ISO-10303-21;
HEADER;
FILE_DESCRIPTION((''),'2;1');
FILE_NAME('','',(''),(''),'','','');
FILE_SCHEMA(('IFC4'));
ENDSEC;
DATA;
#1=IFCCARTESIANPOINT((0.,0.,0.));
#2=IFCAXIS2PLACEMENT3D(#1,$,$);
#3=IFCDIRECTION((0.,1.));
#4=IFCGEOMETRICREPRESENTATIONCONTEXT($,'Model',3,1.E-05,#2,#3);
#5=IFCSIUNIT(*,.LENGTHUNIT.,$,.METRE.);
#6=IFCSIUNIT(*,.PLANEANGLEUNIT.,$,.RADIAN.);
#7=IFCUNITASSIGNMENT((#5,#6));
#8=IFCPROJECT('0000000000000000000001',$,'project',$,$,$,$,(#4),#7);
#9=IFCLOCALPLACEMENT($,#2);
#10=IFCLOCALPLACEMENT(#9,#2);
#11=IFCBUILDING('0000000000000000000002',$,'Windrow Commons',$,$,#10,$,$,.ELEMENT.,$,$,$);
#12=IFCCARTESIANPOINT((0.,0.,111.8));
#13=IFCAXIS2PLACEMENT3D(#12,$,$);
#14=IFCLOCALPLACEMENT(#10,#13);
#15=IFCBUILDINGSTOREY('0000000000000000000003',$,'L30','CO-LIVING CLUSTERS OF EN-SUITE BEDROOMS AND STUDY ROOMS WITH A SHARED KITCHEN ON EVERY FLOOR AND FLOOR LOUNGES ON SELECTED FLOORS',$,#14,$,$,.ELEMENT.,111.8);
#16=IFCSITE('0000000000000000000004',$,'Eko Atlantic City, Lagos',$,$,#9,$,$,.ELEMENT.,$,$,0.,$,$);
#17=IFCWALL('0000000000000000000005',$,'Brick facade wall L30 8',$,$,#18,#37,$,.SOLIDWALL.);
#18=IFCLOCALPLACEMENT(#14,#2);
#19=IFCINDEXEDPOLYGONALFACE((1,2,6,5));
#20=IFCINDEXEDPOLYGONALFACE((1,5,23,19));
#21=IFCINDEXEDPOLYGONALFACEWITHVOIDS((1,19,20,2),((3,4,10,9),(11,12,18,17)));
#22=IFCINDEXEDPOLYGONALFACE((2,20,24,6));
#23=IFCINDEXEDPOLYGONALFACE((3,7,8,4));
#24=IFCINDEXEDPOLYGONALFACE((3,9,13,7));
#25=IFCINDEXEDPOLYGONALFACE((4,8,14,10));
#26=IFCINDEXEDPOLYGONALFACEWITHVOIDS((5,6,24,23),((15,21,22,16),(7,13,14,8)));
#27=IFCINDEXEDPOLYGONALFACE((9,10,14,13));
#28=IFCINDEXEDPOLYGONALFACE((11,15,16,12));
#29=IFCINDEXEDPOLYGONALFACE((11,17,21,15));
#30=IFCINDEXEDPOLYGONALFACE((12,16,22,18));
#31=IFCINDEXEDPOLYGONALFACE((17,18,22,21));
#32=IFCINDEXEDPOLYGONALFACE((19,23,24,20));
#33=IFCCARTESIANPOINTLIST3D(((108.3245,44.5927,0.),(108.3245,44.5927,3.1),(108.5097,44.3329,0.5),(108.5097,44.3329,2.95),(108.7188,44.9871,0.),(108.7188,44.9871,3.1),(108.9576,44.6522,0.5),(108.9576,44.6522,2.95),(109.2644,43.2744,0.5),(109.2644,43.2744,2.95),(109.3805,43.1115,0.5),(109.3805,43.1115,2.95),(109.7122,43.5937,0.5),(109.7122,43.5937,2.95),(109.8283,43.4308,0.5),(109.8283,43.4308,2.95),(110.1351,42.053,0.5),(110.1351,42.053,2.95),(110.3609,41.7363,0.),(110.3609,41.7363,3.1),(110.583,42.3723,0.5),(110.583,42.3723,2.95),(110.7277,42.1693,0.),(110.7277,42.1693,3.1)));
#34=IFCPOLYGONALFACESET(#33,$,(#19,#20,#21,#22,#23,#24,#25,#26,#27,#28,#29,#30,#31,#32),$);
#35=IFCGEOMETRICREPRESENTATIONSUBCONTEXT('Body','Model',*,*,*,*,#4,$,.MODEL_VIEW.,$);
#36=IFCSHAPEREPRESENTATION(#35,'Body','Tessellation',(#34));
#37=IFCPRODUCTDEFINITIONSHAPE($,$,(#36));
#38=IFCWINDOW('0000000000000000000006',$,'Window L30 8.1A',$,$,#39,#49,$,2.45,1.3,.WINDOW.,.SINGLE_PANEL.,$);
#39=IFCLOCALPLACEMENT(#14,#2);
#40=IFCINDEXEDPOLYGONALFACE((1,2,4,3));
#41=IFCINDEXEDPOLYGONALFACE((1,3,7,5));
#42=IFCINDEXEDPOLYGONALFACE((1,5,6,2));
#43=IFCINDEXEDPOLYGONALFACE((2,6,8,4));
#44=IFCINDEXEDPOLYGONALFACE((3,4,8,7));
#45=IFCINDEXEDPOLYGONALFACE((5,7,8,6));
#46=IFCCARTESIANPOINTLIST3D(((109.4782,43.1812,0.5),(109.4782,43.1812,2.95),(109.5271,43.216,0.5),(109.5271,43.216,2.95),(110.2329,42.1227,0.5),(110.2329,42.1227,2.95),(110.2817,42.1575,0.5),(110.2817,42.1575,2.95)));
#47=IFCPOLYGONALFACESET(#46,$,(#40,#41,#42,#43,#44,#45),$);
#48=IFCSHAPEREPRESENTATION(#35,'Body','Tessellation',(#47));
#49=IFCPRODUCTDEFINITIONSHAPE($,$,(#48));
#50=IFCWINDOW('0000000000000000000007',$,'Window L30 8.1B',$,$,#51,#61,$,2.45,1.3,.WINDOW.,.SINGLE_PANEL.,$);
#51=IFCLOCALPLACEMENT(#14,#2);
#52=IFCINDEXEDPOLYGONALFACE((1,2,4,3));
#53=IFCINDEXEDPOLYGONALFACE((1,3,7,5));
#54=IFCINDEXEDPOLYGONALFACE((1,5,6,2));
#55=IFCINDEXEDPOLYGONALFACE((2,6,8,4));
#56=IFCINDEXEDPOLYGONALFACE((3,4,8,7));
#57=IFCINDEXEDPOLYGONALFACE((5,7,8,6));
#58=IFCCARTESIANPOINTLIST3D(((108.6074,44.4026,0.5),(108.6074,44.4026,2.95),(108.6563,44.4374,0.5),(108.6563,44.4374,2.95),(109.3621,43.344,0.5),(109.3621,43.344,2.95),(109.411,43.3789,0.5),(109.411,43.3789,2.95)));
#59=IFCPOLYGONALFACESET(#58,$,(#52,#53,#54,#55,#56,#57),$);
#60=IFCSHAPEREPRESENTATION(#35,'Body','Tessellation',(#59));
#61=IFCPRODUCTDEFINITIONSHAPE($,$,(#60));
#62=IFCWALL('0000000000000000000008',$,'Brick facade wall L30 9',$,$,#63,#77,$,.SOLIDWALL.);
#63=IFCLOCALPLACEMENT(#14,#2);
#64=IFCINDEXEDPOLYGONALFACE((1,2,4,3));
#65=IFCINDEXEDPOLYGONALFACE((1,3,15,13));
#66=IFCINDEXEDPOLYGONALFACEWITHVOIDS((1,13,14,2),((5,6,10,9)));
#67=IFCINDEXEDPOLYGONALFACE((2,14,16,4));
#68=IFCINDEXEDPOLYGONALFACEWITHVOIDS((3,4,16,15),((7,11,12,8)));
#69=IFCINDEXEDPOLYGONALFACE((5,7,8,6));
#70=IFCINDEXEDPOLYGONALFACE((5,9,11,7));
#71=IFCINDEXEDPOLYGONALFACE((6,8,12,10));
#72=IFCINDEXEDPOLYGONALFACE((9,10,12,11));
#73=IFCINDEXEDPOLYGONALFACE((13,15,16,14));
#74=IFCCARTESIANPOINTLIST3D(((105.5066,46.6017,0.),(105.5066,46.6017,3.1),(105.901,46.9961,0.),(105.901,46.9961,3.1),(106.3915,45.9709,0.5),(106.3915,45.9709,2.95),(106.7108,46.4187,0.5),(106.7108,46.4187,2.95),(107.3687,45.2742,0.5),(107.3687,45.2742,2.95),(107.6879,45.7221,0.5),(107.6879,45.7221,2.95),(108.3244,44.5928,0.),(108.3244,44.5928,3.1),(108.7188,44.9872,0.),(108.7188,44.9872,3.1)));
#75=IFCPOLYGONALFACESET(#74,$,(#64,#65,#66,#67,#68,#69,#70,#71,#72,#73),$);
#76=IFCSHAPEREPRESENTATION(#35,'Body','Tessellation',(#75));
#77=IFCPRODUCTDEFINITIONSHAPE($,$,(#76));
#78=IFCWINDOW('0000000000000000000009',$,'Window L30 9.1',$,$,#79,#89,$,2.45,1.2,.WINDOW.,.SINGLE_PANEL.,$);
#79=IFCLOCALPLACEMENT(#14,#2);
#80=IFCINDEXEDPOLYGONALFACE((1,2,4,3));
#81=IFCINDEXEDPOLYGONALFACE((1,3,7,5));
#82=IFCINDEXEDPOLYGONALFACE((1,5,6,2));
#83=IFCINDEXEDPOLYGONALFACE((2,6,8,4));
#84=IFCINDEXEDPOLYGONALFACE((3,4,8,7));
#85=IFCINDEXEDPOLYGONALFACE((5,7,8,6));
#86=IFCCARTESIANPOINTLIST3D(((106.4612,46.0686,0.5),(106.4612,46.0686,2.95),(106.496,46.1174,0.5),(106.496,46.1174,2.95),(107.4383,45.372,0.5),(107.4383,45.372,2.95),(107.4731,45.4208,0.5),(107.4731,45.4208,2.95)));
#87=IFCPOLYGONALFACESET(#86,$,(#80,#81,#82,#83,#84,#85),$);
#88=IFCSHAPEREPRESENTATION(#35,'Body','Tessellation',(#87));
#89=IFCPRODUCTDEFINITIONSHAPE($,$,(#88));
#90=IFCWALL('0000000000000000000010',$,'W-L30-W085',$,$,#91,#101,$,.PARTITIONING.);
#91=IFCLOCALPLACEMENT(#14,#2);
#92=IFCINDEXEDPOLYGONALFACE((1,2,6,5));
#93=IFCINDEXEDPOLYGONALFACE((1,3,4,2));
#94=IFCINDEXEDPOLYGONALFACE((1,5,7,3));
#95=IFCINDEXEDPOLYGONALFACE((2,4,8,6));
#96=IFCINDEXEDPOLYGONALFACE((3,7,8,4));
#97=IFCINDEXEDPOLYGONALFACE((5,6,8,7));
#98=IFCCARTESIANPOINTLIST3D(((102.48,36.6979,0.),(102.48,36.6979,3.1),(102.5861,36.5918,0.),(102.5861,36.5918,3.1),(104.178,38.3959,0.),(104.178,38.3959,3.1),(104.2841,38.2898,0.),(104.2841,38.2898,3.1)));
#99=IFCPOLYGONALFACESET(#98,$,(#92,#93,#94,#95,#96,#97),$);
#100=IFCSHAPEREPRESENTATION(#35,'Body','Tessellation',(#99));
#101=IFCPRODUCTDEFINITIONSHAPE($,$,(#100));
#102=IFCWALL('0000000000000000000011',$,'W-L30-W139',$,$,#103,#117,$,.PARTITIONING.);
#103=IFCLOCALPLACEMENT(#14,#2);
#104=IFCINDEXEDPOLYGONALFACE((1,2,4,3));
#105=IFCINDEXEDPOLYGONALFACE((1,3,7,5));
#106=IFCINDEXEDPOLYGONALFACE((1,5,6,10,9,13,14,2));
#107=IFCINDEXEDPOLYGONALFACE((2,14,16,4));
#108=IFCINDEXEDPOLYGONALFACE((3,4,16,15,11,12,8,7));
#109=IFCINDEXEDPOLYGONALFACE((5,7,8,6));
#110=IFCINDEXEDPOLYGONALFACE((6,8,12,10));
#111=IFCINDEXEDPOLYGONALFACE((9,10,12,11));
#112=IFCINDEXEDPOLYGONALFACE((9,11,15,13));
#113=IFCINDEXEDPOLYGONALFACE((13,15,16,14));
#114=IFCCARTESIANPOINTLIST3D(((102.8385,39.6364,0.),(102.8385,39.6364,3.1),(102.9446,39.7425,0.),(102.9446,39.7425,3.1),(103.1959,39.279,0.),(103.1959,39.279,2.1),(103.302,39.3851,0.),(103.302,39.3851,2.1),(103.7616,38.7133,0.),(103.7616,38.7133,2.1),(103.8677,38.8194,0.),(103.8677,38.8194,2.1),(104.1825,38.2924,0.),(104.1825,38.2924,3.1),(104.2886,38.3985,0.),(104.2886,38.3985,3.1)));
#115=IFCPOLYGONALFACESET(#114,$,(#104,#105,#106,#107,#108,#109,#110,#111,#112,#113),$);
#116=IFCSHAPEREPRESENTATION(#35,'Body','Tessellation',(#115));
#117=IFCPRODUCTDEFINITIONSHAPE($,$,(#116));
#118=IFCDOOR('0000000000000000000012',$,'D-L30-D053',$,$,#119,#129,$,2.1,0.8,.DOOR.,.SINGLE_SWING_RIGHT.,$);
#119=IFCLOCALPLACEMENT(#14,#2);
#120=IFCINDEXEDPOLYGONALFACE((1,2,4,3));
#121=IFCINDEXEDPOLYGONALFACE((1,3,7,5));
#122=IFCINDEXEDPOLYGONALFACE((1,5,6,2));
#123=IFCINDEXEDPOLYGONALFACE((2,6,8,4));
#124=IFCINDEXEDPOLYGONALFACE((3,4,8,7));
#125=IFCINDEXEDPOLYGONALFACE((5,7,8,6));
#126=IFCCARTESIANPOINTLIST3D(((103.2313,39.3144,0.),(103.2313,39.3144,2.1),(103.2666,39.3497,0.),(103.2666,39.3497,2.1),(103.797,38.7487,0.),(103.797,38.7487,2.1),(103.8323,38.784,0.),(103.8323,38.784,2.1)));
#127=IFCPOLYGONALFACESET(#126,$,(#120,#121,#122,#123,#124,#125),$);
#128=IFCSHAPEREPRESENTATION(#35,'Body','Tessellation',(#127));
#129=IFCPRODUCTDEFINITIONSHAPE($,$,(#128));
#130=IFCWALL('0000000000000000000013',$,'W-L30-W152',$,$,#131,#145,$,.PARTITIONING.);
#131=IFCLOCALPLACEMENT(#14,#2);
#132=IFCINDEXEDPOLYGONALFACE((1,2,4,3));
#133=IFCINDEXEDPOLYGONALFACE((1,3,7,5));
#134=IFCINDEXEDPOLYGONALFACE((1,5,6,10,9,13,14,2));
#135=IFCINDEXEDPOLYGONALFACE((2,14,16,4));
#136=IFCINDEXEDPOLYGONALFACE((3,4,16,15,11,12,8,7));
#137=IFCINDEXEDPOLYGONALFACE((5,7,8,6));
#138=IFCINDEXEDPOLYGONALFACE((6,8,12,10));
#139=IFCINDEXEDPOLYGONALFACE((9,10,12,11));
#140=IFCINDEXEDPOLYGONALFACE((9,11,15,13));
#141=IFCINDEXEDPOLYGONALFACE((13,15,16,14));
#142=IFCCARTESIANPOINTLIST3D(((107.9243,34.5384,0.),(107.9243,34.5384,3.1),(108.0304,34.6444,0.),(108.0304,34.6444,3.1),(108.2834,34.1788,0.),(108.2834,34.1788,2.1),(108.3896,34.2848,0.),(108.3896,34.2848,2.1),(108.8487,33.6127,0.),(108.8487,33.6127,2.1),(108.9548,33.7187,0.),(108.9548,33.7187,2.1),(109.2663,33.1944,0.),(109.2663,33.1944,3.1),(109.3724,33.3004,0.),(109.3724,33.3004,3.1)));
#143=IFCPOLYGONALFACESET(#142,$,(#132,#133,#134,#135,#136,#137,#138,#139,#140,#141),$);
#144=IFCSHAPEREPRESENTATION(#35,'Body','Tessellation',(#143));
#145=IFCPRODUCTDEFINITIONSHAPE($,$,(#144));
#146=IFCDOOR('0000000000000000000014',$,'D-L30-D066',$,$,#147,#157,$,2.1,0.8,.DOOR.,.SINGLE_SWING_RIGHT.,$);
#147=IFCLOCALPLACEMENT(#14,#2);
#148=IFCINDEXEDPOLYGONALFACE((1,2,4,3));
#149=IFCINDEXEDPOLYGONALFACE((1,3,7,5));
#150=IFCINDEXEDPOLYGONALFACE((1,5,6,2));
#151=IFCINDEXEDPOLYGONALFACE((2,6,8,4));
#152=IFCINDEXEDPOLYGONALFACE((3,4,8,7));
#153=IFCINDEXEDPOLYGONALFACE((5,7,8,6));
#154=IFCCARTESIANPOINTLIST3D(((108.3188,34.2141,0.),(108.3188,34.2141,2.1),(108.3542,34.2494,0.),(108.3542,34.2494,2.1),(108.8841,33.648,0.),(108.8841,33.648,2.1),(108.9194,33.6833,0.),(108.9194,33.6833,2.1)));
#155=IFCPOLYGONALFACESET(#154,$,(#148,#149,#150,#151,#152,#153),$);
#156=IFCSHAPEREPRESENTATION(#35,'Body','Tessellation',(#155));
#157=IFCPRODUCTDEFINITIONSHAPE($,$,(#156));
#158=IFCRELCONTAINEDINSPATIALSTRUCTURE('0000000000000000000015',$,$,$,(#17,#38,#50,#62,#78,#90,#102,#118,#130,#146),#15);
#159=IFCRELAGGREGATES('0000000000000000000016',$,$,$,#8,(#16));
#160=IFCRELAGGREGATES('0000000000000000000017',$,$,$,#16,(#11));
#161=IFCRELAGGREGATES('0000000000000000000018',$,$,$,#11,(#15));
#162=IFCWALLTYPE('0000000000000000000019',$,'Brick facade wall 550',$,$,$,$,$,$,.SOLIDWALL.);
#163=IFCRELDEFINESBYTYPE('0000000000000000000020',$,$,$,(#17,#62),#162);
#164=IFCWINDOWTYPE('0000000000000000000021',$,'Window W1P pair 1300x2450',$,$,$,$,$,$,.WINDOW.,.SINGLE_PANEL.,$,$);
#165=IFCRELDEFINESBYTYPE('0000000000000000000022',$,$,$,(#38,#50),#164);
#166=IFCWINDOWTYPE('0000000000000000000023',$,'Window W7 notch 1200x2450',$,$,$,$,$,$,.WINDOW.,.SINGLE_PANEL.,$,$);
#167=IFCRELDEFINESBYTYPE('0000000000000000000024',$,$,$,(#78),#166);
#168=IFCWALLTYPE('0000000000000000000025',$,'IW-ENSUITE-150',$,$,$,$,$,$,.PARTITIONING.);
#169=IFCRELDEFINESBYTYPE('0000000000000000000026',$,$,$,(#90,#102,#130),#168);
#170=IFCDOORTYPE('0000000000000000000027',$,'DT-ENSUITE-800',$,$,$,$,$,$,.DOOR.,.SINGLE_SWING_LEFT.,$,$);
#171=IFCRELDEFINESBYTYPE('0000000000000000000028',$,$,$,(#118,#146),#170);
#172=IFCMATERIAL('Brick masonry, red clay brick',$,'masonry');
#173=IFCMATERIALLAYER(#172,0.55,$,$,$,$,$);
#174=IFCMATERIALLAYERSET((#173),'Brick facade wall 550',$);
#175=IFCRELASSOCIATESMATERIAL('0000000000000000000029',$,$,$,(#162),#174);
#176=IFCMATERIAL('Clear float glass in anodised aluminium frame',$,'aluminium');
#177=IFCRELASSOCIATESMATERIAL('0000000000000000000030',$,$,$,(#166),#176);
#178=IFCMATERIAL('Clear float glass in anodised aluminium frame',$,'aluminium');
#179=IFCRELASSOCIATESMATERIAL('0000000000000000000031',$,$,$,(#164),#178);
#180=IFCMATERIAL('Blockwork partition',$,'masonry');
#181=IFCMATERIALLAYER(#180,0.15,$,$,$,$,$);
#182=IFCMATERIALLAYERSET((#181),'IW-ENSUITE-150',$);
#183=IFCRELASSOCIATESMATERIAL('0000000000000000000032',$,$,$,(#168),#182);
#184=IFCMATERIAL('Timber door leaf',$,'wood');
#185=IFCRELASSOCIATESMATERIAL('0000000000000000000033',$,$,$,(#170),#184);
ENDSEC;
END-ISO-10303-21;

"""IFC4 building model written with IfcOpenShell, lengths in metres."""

from ifc_helpers import new_model, si_unit, direction, frame, frame_2d, origin, place, context, subcontext, project, spatial, polyline, rectangle, outline, extrude, material, layer, layer_set, type_object, element, fill, save


model = new_model("IFC4")

# Units and contexts
model_context = context("Model", 3, precision=1e-05, world=origin(), true_north=direction((0.0, 1.0)))
body_context = subcontext(model_context, "Body", "Model", "MODEL_VIEW")
ifc_project = project(units=[si_unit("LENGTHUNIT", "METRE"), si_unit("PLANEANGLEUNIT", "RADIAN")], contexts=[model_context])

# Site, building, storey
site_placement = place(None, origin())
site = spatial("IfcSite", under=ifc_project, at=site_placement, Name="Eko Atlantic City, Lagos", CompositionType="ELEMENT", RefElevation=0.0)
building_placement = place(site_placement, origin())
building = spatial("IfcBuilding", under=site, at=building_placement, Name="Windrow Commons", CompositionType="ELEMENT")
storey_placement = place(building_placement, frame((0.0, 0.0, 111.8)))
storey = spatial("IfcBuildingStorey", under=building, at=storey_placement, Name="L30", Description="CO-LIVING CLUSTERS OF EN-SUITE BEDROOMS AND STUDY ROOMS WITH A SHARED KITCHEN ON EVERY FLOOR AND FLOOR LOUNGES ON SELECTED FLOORS", CompositionType="ELEMENT", Elevation=111.8)

# Shared definitions
ifc_material_1 = material(Name="Brick masonry, red clay brick", Category="masonry")
ifc_layer_1 = layer(ifc_material_1, 0.55)
ifc_layer_set_1 = layer_set([ifc_layer_1], Name="Brick facade wall 550")
wall_type_1 = type_object("IfcWallType", Name="Brick facade wall 550", PredefinedType="SOLIDWALL", material=ifc_layer_set_1)

# Shared definitions
ifc_material_2 = material(Name="Clear float glass in anodised aluminium frame", Category="aluminium")
window_type_1 = type_object("IfcWindowType", Name="Window W7 notch 1200x2450", PartitioningType="SINGLE_PANEL", PredefinedType="WINDOW", material=ifc_material_2)

# Wall, openings, windows
wall_1_placement = place(storey_placement, frame((110.5443, 41.9528, 0.0), z_axis=(0.0, 0.0, 1.0), x_axis=(-0.580502, 0.814259, 0.0)))
wall_1 = element("IfcWall", 1, at=wall_1_placement, inside=storey, type_object=wall_type_1, Name="Brick facade wall L30 8", PredefinedType="SOLIDWALL", context=body_context, shape_type="SweptSolid", body=[
    extrude(outline(polyline([(0.0698, -0.275), (3.5304, -0.275), (3.4382, 0.275), (-0.0698, 0.275), (0.0698, -0.275)])), origin(), (0.0, 0.0, 1.0), 3.1),
])
opening_1_placement = place(wall_1_placement, frame((0.3191, 0.0, 0.5)))
opening_1 = element("IfcOpeningElement", 2, at=opening_1_placement, cuts=wall_1, PredefinedType="OPENING", context=body_context, shape_type="SweptSolid", body=[
    extrude(rectangle(XDim=1.3, YDim=2.45, at=frame_2d((0.65, 1.225))), frame((0.0, 0.285, 0.0), z_axis=(0.0, -1.0, 0.0), x_axis=(1.0, 0.0, 0.0)), (0.0, 0.0, 1.0), 0.57),
])
opening_2_placement = place(wall_1_placement, frame((1.8191, 0.0, 0.5)))
opening_2 = element("IfcOpeningElement", 3, at=opening_2_placement, cuts=wall_1, PredefinedType="OPENING", context=body_context, shape_type="SweptSolid", body=[
    extrude(rectangle(XDim=1.3, YDim=2.45, at=frame_2d((0.65, 1.225))), frame((0.0, 0.285, 0.0), z_axis=(0.0, -1.0, 0.0), x_axis=(1.0, 0.0, 0.0)), (0.0, 0.0, 1.0), 0.57),
])
ifc_material_3 = material(Name="Clear float glass in anodised aluminium frame", Category="aluminium")
window_type_2 = type_object("IfcWindowType", Name="Window W1P pair 1300x2450", PartitioningType="SINGLE_PANEL", PredefinedType="WINDOW", material=ifc_material_3)
window_1_placement = place(opening_1_placement, origin())
window_1 = element("IfcWindow", 4, at=window_1_placement, inside=storey, type_object=window_type_2, Name="Window L30 8.1A", OverallHeight=2.45, OverallWidth=1.3, PartitioningType="SINGLE_PANEL", PredefinedType="WINDOW", context=body_context, shape_type="SweptSolid", body=[
    extrude(rectangle(XDim=1.3, YDim=2.45, at=frame_2d((0.65, 1.225))), frame((0.0, 0.155, 0.0), z_axis=(0.0, -1.0, 0.0), x_axis=(1.0, 0.0, 0.0)), (0.0, 0.0, 1.0), 0.06),
])
fill(opening_1, window_1)
window_2_placement = place(opening_2_placement, origin())
window_2 = element("IfcWindow", 5, at=window_2_placement, inside=storey, type_object=window_type_2, Name="Window L30 8.1B", OverallHeight=2.45, OverallWidth=1.3, PartitioningType="SINGLE_PANEL", PredefinedType="WINDOW", context=body_context, shape_type="SweptSolid", body=[
    extrude(rectangle(XDim=1.3, YDim=2.45, at=frame_2d((0.65, 1.225))), frame((0.0, 0.155, 0.0), z_axis=(0.0, -1.0, 0.0), x_axis=(1.0, 0.0, 0.0)), (0.0, 0.0, 1.0), 0.06),
])
fill(opening_2, window_2)

# Wall, opening, window
wall_2_placement = place(storey_placement, frame((108.5216, 44.79, 0.0), z_axis=(0.0, 0.0, 1.0), x_axis=(-0.814254, 0.580508, 0.0)))
wall_2 = element("IfcWall", 6, at=wall_2_placement, inside=storey, type_object=wall_type_1, Name="Brick facade wall L30 9", PredefinedType="SOLIDWALL", context=body_context, shape_type="SweptSolid", body=[
    extrude(outline(polyline([(-0.0461, -0.275), (3.4145, -0.275), (3.5067, 0.275), (0.0461, 0.275), (-0.0461, -0.275)])), origin(), (0.0, 0.0, 1.0), 3.1),
])
opening_3_placement = place(wall_2_placement, frame((1.2199, 0.0, 0.5)))
opening_3 = element("IfcOpeningElement", 7, at=opening_3_placement, cuts=wall_2, PredefinedType="OPENING", context=body_context, shape_type="SweptSolid", body=[
    extrude(rectangle(XDim=1.2, YDim=2.45, at=frame_2d((0.6, 1.225))), frame((0.0, 0.285, 0.0), z_axis=(0.0, -1.0, 0.0), x_axis=(1.0, 0.0, 0.0)), (0.0, 0.0, 1.0), 0.57),
])
window_3_placement = place(opening_3_placement, origin())
window_3 = element("IfcWindow", 8, at=window_3_placement, inside=storey, type_object=window_type_1, Name="Window L30 9.1", OverallHeight=2.45, OverallWidth=1.2, PartitioningType="SINGLE_PANEL", PredefinedType="WINDOW", context=body_context, shape_type="SweptSolid", body=[
    extrude(rectangle(XDim=1.2, YDim=2.45, at=frame_2d((0.6, 1.225))), frame((0.0, 0.155, 0.0), z_axis=(0.0, -1.0, 0.0), x_axis=(1.0, 0.0, 0.0)), (0.0, 0.0, 1.0), 0.06),
])
fill(opening_3, window_3)

# Wall
ifc_material_4 = material(Name="Blockwork partition", Category="masonry")
ifc_layer_2 = layer(ifc_material_4, 0.15)
ifc_layer_set_2 = layer_set([ifc_layer_2], Name="IW-ENSUITE-150")
wall_type_2 = type_object("IfcWallType", Name="IW-ENSUITE-150", PredefinedType="PARTITIONING", material=ifc_layer_set_2)
wall_3_placement = place(storey_placement, frame((102.5331, 36.6449, 0.0), z_axis=(0.0, 0.0, 1.0), x_axis=(0.707107, 0.707107, 0.0)))
element("IfcWall", 9, at=wall_3_placement, inside=storey, type_object=wall_type_2, Name="W-L30-W085", PredefinedType="PARTITIONING", context=body_context, shape_type="SweptSolid", body=[
    extrude(rectangle(XDim=2.4013, YDim=0.15, at=frame_2d((1.2006, 0.0))), origin(), (0.0, 0.0, 1.0), 3.1),
])

# Walls, openings, doors
wall_4_placement = place(storey_placement, frame((102.8915, 39.6895, 0.0), z_axis=(0.0, 0.0, 1.0), x_axis=(0.707107, -0.707107, 0.0)))
wall_4 = element("IfcWall", 10, at=wall_4_placement, inside=storey, type_object=wall_type_2, Name="W-L30-W139", PredefinedType="PARTITIONING", context=body_context, shape_type="SweptSolid", body=[
    extrude(rectangle(XDim=1.9007, YDim=0.15, at=frame_2d((0.9504, 0.0))), origin(), (0.0, 0.0, 1.0), 3.1),
])
opening_4_placement = place(wall_4_placement, frame((0.5055, 0.0, 0.0)))
opening_4 = element("IfcOpeningElement", 11, at=opening_4_placement, cuts=wall_4, PredefinedType="OPENING", context=body_context, shape_type="SweptSolid", body=[
    extrude(rectangle(XDim=0.8, YDim=2.1, at=frame_2d((0.4, 1.05))), frame((0.0, 0.085, 0.0), z_axis=(0.0, -1.0, 0.0), x_axis=(1.0, 0.0, 0.0)), (0.0, 0.0, 1.0), 0.17),
])
ifc_material_5 = material(Name="Timber door leaf", Category="wood")
door_type = type_object("IfcDoorType", Name="DT-ENSUITE-800", OperationType="SINGLE_SWING_LEFT", PredefinedType="DOOR", material=ifc_material_5)
door_1_placement = place(opening_4_placement, origin())
door_1 = element("IfcDoor", 12, at=door_1_placement, inside=storey, type_object=door_type, Name="D-L30-D053", OperationType="SINGLE_SWING_RIGHT", OverallHeight=2.1, OverallWidth=0.8, PredefinedType="DOOR", context=body_context, shape_type="SweptSolid", body=[
    extrude(rectangle(XDim=0.8, YDim=2.1, at=frame_2d((0.4, 1.05))), frame((0.0, 0.025, 0.0), z_axis=(0.0, -1.0, 0.0), x_axis=(1.0, 0.0, 0.0)), (0.0, 0.0, 1.0), 0.05),
])
fill(opening_4, door_1)
wall_5_placement = place(storey_placement, frame((107.9774, 34.5914, 0.0), z_axis=(0.0, 0.0, 1.0), x_axis=(0.70658, -0.707633, 0.0)))
wall_5 = element("IfcWall", 13, at=wall_5_placement, inside=storey, type_object=wall_type_2, Name="W-L30-W152", PredefinedType="PARTITIONING", context=body_context, shape_type="SweptSolid", body=[
    extrude(rectangle(XDim=1.8993, YDim=0.15, at=frame_2d((0.9496, 0.0))), origin(), (0.0, 0.0, 1.0), 3.1),
])
opening_5_placement = place(wall_5_placement, frame((0.5082, 0.0, 0.0)))
opening_5 = element("IfcOpeningElement", 14, at=opening_5_placement, cuts=wall_5, PredefinedType="OPENING", context=body_context, shape_type="SweptSolid", body=[
    extrude(rectangle(XDim=0.8, YDim=2.1, at=frame_2d((0.4, 1.05))), frame((0.0, 0.085, 0.0), z_axis=(0.0, -1.0, 0.0), x_axis=(1.0, 0.0, 0.0)), (0.0, 0.0, 1.0), 0.17),
])
door_2_placement = place(opening_5_placement, origin())
door_2 = element("IfcDoor", 15, at=door_2_placement, inside=storey, type_object=door_type, Name="D-L30-D066", OperationType="SINGLE_SWING_RIGHT", OverallHeight=2.1, OverallWidth=0.8, PredefinedType="DOOR", context=body_context, shape_type="SweptSolid", body=[
    extrude(rectangle(XDim=0.8, YDim=2.1, at=frame_2d((0.4, 1.05))), frame((0.0, 0.025, 0.0), z_axis=(0.0, -1.0, 0.0), x_axis=(1.0, 0.0, 0.0)), (0.0, 0.0, 1.0), 0.05),
])
fill(opening_5, door_2)

save(model, "model.ifc")
